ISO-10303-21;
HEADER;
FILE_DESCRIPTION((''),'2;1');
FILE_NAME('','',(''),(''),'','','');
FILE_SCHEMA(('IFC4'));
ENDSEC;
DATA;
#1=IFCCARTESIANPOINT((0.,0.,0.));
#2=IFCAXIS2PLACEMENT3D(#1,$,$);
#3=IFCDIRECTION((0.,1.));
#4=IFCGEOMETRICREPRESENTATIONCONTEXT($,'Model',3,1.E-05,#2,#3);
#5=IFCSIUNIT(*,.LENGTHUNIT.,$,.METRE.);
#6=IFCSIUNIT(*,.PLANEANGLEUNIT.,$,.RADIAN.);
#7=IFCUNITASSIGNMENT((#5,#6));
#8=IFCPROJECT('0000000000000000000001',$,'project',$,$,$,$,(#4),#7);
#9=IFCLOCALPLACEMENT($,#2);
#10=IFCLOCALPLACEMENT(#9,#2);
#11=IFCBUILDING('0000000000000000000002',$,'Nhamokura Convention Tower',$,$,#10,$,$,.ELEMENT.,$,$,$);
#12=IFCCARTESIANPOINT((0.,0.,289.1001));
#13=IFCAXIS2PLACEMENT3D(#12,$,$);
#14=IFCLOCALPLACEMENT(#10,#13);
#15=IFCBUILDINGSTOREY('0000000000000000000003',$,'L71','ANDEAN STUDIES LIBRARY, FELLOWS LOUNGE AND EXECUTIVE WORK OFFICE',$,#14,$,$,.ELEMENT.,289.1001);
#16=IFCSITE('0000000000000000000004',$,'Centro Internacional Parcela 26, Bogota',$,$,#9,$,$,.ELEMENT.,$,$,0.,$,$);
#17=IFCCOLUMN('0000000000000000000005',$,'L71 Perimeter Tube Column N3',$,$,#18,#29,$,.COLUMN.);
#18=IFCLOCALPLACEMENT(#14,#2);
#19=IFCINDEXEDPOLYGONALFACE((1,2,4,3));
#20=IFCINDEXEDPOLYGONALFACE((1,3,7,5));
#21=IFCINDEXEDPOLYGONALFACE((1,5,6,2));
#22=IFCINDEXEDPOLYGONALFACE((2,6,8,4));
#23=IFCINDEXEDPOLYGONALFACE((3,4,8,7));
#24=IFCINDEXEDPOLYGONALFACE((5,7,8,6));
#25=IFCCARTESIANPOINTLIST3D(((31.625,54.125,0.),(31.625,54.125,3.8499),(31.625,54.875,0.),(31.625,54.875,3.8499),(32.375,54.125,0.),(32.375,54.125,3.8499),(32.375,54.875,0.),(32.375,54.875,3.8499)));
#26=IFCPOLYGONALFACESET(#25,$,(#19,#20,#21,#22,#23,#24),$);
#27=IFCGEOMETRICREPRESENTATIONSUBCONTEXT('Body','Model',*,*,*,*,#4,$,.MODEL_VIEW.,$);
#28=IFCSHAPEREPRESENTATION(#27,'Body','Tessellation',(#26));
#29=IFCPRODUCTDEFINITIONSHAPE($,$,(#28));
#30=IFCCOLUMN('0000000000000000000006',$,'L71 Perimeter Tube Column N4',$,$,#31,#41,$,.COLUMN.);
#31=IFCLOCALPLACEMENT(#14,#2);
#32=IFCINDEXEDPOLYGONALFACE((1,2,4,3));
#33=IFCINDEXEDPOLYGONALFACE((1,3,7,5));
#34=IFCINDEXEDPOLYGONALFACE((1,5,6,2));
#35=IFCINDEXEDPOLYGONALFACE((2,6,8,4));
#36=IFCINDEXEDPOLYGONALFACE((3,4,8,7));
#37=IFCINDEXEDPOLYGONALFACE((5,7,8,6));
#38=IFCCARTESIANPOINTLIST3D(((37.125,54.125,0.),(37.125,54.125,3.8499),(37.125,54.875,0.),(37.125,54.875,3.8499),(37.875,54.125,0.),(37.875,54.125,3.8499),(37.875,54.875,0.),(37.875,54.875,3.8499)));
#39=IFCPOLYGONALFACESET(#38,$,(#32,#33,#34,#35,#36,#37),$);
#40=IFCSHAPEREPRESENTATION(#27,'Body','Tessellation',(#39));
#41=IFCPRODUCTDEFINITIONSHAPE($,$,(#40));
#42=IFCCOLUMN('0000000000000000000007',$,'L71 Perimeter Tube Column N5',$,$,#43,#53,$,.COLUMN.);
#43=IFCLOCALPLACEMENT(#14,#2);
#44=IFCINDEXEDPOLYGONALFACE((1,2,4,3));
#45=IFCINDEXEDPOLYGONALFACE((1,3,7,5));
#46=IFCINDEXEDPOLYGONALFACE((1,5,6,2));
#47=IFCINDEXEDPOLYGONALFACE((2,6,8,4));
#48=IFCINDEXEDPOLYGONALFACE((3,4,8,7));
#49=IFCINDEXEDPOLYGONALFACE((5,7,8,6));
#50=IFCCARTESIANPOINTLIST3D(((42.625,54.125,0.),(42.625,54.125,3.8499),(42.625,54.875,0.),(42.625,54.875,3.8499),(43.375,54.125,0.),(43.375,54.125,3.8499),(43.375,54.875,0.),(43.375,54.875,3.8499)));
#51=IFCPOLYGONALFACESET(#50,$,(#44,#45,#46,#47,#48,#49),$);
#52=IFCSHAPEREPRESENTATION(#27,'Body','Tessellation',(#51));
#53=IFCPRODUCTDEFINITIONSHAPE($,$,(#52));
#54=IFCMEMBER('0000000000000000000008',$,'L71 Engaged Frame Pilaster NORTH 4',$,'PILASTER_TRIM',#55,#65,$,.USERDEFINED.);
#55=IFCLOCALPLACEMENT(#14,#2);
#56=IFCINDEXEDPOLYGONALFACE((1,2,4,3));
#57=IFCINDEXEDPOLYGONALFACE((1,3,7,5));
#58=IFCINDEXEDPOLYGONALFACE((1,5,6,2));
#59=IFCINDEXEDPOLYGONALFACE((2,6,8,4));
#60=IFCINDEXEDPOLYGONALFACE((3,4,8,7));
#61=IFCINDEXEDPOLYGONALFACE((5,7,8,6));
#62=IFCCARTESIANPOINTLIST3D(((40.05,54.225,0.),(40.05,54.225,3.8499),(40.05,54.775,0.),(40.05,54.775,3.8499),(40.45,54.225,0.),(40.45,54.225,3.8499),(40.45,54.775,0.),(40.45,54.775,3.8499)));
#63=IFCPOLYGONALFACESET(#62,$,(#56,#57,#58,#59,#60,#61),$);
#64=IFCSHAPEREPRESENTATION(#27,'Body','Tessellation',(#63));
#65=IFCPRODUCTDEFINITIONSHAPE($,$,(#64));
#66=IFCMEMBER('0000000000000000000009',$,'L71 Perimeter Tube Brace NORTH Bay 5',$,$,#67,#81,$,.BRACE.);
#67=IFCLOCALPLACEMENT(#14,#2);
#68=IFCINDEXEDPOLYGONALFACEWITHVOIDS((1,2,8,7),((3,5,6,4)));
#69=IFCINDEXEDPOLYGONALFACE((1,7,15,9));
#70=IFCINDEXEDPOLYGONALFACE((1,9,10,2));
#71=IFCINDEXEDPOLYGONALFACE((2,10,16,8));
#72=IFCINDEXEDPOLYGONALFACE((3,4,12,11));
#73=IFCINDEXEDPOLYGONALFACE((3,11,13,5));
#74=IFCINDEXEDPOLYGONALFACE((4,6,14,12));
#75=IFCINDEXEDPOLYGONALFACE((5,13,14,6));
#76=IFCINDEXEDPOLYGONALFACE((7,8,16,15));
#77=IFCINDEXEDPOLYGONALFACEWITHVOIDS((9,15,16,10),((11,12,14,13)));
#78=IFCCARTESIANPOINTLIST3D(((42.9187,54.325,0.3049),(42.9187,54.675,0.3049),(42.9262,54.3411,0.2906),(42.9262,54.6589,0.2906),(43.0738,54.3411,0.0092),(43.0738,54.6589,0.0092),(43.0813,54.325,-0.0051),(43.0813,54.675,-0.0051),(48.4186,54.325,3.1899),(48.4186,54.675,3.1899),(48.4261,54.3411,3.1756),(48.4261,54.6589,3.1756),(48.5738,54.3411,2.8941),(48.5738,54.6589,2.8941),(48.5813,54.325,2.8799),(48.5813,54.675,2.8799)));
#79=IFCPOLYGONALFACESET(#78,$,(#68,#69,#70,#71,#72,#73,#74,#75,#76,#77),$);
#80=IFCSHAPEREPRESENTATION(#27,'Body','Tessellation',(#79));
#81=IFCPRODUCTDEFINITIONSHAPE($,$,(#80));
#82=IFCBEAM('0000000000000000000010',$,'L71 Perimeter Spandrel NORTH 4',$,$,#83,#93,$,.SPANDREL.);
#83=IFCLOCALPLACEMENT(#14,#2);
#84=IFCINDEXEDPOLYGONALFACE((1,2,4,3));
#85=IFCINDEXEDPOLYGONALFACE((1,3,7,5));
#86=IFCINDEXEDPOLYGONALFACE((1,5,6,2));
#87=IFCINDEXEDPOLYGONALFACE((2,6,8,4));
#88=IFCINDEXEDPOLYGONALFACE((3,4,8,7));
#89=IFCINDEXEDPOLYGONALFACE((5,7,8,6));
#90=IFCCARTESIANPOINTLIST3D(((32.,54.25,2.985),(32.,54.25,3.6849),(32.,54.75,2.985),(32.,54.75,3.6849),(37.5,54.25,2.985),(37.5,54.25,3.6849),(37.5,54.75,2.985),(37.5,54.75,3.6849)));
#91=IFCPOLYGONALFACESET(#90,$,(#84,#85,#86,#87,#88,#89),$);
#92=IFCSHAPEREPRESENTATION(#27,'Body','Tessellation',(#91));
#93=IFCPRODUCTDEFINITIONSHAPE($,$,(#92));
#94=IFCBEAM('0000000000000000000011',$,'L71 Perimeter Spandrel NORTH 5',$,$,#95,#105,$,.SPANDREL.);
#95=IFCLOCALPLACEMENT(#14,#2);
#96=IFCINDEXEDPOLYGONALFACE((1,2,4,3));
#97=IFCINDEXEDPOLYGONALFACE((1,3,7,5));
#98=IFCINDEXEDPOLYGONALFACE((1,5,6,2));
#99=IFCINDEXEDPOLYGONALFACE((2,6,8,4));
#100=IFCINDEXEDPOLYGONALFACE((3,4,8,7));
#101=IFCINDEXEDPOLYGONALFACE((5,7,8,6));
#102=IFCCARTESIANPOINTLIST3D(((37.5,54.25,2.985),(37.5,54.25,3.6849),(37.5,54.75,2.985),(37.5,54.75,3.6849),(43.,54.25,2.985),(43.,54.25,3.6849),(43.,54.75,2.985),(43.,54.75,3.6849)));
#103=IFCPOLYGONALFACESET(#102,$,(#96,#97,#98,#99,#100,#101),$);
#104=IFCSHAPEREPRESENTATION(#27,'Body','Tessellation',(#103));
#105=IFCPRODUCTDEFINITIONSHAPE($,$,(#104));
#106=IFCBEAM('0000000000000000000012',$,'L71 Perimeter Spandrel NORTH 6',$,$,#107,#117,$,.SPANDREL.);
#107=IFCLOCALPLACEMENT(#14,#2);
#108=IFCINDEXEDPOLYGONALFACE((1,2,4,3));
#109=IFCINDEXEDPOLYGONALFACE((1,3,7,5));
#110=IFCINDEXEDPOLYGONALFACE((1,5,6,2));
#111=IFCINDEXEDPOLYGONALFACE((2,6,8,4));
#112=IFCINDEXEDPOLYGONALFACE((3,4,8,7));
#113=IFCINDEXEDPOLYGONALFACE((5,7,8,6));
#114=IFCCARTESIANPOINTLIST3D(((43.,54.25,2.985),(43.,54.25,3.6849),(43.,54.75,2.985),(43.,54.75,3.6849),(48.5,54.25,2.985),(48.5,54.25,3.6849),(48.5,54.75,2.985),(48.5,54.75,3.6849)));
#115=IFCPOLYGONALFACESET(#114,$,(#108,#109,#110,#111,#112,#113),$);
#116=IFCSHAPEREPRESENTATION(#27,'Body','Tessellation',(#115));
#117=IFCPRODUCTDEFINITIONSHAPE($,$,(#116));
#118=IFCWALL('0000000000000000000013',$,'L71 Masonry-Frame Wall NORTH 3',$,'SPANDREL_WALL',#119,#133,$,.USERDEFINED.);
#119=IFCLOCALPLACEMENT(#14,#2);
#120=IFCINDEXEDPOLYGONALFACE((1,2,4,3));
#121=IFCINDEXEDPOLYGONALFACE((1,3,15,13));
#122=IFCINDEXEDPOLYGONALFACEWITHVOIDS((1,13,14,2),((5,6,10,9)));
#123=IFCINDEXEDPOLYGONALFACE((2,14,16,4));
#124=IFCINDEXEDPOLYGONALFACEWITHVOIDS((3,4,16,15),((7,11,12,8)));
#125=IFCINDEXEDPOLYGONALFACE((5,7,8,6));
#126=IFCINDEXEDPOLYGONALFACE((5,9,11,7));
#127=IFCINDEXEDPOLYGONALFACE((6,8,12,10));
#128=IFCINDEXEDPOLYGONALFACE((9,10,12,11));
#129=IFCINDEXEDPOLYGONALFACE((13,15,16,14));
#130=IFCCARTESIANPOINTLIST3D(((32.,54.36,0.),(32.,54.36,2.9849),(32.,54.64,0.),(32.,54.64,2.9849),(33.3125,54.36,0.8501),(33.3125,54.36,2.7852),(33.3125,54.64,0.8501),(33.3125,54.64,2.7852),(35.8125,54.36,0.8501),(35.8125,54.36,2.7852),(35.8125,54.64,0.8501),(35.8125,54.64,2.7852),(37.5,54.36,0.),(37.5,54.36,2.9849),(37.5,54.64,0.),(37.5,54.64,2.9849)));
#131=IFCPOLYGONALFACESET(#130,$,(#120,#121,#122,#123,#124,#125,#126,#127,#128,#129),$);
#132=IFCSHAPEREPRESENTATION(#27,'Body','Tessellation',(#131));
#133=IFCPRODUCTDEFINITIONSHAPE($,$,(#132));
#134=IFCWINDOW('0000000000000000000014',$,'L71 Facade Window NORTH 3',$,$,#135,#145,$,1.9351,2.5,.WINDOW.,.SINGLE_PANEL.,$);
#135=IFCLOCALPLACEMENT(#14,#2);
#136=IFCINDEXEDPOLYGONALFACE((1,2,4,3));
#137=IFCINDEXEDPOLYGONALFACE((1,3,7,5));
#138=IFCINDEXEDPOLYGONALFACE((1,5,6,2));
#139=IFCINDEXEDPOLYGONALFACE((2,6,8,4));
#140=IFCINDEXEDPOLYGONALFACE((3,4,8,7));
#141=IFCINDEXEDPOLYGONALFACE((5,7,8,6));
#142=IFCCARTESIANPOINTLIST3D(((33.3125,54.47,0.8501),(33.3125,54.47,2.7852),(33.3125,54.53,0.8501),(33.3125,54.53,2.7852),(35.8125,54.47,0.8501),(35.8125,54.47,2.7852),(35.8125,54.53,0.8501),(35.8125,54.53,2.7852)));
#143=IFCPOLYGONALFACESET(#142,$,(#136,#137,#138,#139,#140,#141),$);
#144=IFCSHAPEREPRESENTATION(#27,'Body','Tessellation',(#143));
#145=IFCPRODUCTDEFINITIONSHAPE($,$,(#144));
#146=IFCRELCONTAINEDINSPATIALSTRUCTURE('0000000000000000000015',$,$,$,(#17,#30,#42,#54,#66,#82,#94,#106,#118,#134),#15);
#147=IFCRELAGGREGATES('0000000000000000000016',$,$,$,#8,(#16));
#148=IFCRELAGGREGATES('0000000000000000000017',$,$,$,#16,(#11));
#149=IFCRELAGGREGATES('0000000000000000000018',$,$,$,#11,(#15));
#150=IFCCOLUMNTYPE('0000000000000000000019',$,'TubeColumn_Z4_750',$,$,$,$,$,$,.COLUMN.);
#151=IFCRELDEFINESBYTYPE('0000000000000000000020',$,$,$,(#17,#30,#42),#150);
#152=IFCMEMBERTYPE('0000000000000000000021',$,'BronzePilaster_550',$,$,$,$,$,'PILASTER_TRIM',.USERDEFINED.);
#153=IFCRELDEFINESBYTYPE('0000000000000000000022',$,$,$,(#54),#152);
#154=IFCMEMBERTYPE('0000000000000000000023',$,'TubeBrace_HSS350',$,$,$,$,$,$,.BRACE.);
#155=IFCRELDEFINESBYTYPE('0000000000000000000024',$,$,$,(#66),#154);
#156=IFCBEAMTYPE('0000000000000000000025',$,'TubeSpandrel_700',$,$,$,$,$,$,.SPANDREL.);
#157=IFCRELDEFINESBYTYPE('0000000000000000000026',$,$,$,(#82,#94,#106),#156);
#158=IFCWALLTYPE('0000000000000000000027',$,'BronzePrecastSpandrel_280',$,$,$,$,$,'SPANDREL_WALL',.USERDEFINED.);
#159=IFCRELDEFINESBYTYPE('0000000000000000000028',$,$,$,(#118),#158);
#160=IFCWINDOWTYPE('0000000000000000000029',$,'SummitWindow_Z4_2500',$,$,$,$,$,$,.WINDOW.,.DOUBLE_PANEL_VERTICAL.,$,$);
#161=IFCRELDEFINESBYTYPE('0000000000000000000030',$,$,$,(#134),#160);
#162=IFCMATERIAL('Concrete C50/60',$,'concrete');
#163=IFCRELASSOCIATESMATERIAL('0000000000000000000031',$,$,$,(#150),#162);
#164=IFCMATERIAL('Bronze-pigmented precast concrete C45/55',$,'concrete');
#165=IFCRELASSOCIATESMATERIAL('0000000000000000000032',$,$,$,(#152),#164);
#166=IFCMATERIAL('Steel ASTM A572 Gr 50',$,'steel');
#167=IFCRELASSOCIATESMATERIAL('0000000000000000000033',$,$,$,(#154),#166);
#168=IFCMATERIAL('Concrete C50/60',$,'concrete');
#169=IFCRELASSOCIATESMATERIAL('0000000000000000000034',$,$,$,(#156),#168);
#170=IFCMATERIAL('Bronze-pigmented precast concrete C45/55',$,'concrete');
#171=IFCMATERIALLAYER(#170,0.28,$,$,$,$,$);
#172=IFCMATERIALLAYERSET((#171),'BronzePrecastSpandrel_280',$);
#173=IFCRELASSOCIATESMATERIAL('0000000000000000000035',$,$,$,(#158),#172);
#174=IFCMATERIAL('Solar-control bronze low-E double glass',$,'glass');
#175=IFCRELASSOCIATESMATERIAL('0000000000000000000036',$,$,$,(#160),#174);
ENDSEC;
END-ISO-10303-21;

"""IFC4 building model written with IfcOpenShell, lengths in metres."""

from ifc_helpers import new_model, si_unit, direction, frame, frame_2d, origin, origin_2d, place, context, subcontext, project, spatial, rectangle, hollow_rectangle, extrude, material, layer, layer_set, material_profile, profile_set, type_object, element, fill, save


model = new_model("IFC4")

# Units and contexts
model_context = context("Model", 3, precision=1e-05, world=origin(), true_north=direction((0.0, 1.0)))
body_context = subcontext(model_context, "Body", "Model", "MODEL_VIEW")
ifc_project = project(units=[si_unit("LENGTHUNIT", "METRE"), si_unit("PLANEANGLEUNIT", "RADIAN")], contexts=[model_context])

# Site, building, storey
site_placement = place(None, origin())
site = spatial("IfcSite", under=ifc_project, at=site_placement, Name="Centro Internacional Parcela 26, Bogota", CompositionType="ELEMENT", RefElevation=0.0)
building_placement = place(site_placement, origin())
building = spatial("IfcBuilding", under=site, at=building_placement, Name="Nhamokura Convention Tower", CompositionType="ELEMENT")
storey_placement = place(building_placement, frame((0.0, 0.0, 289.1001)))
storey = spatial("IfcBuildingStorey", under=building, at=storey_placement, Name="L71", Description="ANDEAN STUDIES LIBRARY, FELLOWS LOUNGE AND EXECUTIVE WORK OFFICE", CompositionType="ELEMENT", Elevation=289.1001)

# Columns
ifc_material_1 = material(Name="Concrete C50/60", Category="concrete")
ifc_material_profile_1 = material_profile(ifc_material_1, rectangle(XDim=0.75, YDim=0.75, at=origin_2d()))
ifc_profile_set_1 = profile_set([ifc_material_profile_1], Name="Concrete C50/60")
column_type = type_object("IfcColumnType", Name="TubeColumn_Z4_750", PredefinedType="COLUMN", material=ifc_profile_set_1)
for number, where, z_axis, x_axis, name in (
    (1, (32.0, 54.5, 0.0), (0.0, 0.0, 1.0), (1.0, 0.0, 0.0), "L71 Perimeter Tube Column N3"),
    (2, (37.5, 54.5, 0.0), (0.0, 0.0, 1.0), (1.0, 0.0, 0.0), "L71 Perimeter Tube Column N4"),
    (3, (43.0, 54.5, 0.0), (0.0, 0.0, 1.0), (1.0, 0.0, 0.0), "L71 Perimeter Tube Column N5"),
):
    element("IfcColumn", number, at=place(storey_placement, frame(where, z_axis=z_axis, x_axis=x_axis)), inside=storey, type_object=column_type, Name=name, PredefinedType="COLUMN", context=body_context, shape_type="SweptSolid", body=[
        extrude(rectangle(XDim=0.75, YDim=0.75, at=origin_2d()), origin(), (0.0, 0.0, 1.0), 3.8499),
    ])

# Members
ifc_material_2 = material(Name="Bronze-pigmented precast concrete C45/55", Category="concrete")
ifc_material_profile_2 = material_profile(ifc_material_2, rectangle(XDim=0.3999, YDim=0.55, at=origin_2d()))
ifc_profile_set_2 = profile_set([ifc_material_profile_2], Name="Bronze-pigmented precast concrete C45/55")
member_type_1 = type_object("IfcMemberType", Name="BronzePilaster_550", ElementType="PILASTER_TRIM", PredefinedType="USERDEFINED", material=ifc_profile_set_2)
member_1_placement = place(storey_placement, frame((40.25, 54.5, 0.0), z_axis=(0.0, 0.0, 1.0), x_axis=(1.0, 0.0, 0.0)))
element("IfcMember", 4, at=member_1_placement, inside=storey, type_object=member_type_1, Name="L71 Engaged Frame Pilaster NORTH 4", ObjectType="PILASTER_TRIM", PredefinedType="USERDEFINED", context=body_context, shape_type="SweptSolid", body=[
    extrude(rectangle(XDim=0.3999, YDim=0.55, at=origin_2d()), origin(), (0.0, 0.0, 1.0), 3.8499),
])
ifc_material_3 = material(Name="Steel ASTM A572 Gr 50", Category="steel")
ifc_material_profile_3 = material_profile(ifc_material_3, hollow_rectangle(XDim=0.3501, YDim=0.3501, WallThickness=0.0161, at=origin_2d()))
ifc_profile_set_3 = profile_set([ifc_material_profile_3], Name="Steel ASTM A572 Gr 50")
member_type_2 = type_object("IfcMemberType", Name="TubeBrace_HSS350", PredefinedType="BRACE", material=ifc_profile_set_3)
member_2_placement = place(storey_placement, frame((43.0, 54.5, 0.1499), z_axis=(0.885563, 0.0, 0.46452), x_axis=(0.0, 1.0, 0.0)))
element("IfcMember", 5, at=member_2_placement, inside=storey, type_object=member_type_2, Name="L71 Perimeter Tube Brace NORTH Bay 5", PredefinedType="BRACE", context=body_context, shape_type="SweptSolid", body=[
    extrude(hollow_rectangle(XDim=0.3501, YDim=0.3501, WallThickness=0.0161, at=origin_2d()), origin(), (0.0, 0.0, 1.0), 6.2107),
])

# Beams
ifc_material_4 = material(Name="Concrete C50/60", Category="concrete")
ifc_material_profile_4 = material_profile(ifc_material_4, rectangle(XDim=0.5, YDim=0.7, at=origin_2d()))
ifc_profile_set_4 = profile_set([ifc_material_profile_4], Name="Concrete C50/60")
beam_type = type_object("IfcBeamType", Name="TubeSpandrel_700", PredefinedType="SPANDREL", material=ifc_profile_set_4)
for number, where, z_axis, x_axis, name in (
    (6, (32.0, 54.5, 3.335), (1.0, 0.0, 0.0), (0.0, 1.0, 0.0), "L71 Perimeter Spandrel NORTH 4"),
    (7, (37.5, 54.5, 3.335), (1.0, 0.0, 0.0), (0.0, 1.0, 0.0), "L71 Perimeter Spandrel NORTH 5"),
    (8, (43.0, 54.5, 3.335), (1.0, 0.0, 0.0), (0.0, 1.0, 0.0), "L71 Perimeter Spandrel NORTH 6"),
):
    element("IfcBeam", number, at=place(storey_placement, frame(where, z_axis=z_axis, x_axis=x_axis)), inside=storey, type_object=beam_type, Name=name, PredefinedType="SPANDREL", context=body_context, shape_type="SweptSolid", body=[
        extrude(rectangle(XDim=0.5, YDim=0.7, at=origin_2d()), origin(), (0.0, 0.0, 1.0), 5.5),
    ])

# Wall, opening, window
ifc_material_5 = material(Name="Bronze-pigmented precast concrete C45/55", Category="concrete")
ifc_layer_1 = layer(ifc_material_5, 0.28)
ifc_layer_set_1 = layer_set([ifc_layer_1], Name="BronzePrecastSpandrel_280")
wall_type_1 = type_object("IfcWallType", Name="BronzePrecastSpandrel_280", ElementType="SPANDREL_WALL", PredefinedType="USERDEFINED", material=ifc_layer_set_1)
wall_1_placement = place(storey_placement, frame((32.0, 54.5, 0.0), z_axis=(0.0, 0.0, 1.0), x_axis=(1.0, 0.0, 0.0)))
wall_1 = element("IfcWall", 9, at=wall_1_placement, inside=storey, type_object=wall_type_1, Name="L71 Masonry-Frame Wall NORTH 3", ObjectType="SPANDREL_WALL", PredefinedType="USERDEFINED", context=body_context, shape_type="SweptSolid", body=[
    extrude(rectangle(XDim=5.5, YDim=0.28, at=frame_2d((2.75, 0.0))), origin(), (0.0, 0.0, 1.0), 2.9849),
])
opening_1_placement = place(wall_1_placement, frame((1.3125, 0.0, 0.8501)))
opening_1 = element("IfcOpeningElement", 10, at=opening_1_placement, cuts=wall_1, PredefinedType="OPENING", context=body_context, shape_type="SweptSolid", body=[
    extrude(rectangle(XDim=2.5, YDim=1.9351, at=frame_2d((1.25, 0.9675))), frame((0.0, 0.1499, 0.0), z_axis=(0.0, -1.0, 0.0), x_axis=(1.0, 0.0, 0.0)), (0.0, 0.0, 1.0), 0.3),
])
ifc_material_6 = material(Name="Solar-control bronze low-E double glass", Category="glass")
window_type_1 = type_object("IfcWindowType", Name="SummitWindow_Z4_2500", PartitioningType="DOUBLE_PANEL_VERTICAL", PredefinedType="WINDOW", material=ifc_material_6)
window_1_placement = place(opening_1_placement, origin())
window_1 = element("IfcWindow", 11, at=window_1_placement, inside=storey, type_object=window_type_1, Name="L71 Facade Window NORTH 3", OverallHeight=1.9351, OverallWidth=2.5, PartitioningType="SINGLE_PANEL", PredefinedType="WINDOW", context=body_context, shape_type="SweptSolid", body=[
    extrude(rectangle(XDim=2.5, YDim=1.9351, at=frame_2d((1.25, 0.9675))), frame((0.0, 0.03, 0.0), z_axis=(0.0, -1.0, 0.0), x_axis=(1.0, 0.0, 0.0)), (0.0, 0.0, 1.0), 0.0601),
])
fill(opening_1, window_1)

save(model, "model.ifc")
